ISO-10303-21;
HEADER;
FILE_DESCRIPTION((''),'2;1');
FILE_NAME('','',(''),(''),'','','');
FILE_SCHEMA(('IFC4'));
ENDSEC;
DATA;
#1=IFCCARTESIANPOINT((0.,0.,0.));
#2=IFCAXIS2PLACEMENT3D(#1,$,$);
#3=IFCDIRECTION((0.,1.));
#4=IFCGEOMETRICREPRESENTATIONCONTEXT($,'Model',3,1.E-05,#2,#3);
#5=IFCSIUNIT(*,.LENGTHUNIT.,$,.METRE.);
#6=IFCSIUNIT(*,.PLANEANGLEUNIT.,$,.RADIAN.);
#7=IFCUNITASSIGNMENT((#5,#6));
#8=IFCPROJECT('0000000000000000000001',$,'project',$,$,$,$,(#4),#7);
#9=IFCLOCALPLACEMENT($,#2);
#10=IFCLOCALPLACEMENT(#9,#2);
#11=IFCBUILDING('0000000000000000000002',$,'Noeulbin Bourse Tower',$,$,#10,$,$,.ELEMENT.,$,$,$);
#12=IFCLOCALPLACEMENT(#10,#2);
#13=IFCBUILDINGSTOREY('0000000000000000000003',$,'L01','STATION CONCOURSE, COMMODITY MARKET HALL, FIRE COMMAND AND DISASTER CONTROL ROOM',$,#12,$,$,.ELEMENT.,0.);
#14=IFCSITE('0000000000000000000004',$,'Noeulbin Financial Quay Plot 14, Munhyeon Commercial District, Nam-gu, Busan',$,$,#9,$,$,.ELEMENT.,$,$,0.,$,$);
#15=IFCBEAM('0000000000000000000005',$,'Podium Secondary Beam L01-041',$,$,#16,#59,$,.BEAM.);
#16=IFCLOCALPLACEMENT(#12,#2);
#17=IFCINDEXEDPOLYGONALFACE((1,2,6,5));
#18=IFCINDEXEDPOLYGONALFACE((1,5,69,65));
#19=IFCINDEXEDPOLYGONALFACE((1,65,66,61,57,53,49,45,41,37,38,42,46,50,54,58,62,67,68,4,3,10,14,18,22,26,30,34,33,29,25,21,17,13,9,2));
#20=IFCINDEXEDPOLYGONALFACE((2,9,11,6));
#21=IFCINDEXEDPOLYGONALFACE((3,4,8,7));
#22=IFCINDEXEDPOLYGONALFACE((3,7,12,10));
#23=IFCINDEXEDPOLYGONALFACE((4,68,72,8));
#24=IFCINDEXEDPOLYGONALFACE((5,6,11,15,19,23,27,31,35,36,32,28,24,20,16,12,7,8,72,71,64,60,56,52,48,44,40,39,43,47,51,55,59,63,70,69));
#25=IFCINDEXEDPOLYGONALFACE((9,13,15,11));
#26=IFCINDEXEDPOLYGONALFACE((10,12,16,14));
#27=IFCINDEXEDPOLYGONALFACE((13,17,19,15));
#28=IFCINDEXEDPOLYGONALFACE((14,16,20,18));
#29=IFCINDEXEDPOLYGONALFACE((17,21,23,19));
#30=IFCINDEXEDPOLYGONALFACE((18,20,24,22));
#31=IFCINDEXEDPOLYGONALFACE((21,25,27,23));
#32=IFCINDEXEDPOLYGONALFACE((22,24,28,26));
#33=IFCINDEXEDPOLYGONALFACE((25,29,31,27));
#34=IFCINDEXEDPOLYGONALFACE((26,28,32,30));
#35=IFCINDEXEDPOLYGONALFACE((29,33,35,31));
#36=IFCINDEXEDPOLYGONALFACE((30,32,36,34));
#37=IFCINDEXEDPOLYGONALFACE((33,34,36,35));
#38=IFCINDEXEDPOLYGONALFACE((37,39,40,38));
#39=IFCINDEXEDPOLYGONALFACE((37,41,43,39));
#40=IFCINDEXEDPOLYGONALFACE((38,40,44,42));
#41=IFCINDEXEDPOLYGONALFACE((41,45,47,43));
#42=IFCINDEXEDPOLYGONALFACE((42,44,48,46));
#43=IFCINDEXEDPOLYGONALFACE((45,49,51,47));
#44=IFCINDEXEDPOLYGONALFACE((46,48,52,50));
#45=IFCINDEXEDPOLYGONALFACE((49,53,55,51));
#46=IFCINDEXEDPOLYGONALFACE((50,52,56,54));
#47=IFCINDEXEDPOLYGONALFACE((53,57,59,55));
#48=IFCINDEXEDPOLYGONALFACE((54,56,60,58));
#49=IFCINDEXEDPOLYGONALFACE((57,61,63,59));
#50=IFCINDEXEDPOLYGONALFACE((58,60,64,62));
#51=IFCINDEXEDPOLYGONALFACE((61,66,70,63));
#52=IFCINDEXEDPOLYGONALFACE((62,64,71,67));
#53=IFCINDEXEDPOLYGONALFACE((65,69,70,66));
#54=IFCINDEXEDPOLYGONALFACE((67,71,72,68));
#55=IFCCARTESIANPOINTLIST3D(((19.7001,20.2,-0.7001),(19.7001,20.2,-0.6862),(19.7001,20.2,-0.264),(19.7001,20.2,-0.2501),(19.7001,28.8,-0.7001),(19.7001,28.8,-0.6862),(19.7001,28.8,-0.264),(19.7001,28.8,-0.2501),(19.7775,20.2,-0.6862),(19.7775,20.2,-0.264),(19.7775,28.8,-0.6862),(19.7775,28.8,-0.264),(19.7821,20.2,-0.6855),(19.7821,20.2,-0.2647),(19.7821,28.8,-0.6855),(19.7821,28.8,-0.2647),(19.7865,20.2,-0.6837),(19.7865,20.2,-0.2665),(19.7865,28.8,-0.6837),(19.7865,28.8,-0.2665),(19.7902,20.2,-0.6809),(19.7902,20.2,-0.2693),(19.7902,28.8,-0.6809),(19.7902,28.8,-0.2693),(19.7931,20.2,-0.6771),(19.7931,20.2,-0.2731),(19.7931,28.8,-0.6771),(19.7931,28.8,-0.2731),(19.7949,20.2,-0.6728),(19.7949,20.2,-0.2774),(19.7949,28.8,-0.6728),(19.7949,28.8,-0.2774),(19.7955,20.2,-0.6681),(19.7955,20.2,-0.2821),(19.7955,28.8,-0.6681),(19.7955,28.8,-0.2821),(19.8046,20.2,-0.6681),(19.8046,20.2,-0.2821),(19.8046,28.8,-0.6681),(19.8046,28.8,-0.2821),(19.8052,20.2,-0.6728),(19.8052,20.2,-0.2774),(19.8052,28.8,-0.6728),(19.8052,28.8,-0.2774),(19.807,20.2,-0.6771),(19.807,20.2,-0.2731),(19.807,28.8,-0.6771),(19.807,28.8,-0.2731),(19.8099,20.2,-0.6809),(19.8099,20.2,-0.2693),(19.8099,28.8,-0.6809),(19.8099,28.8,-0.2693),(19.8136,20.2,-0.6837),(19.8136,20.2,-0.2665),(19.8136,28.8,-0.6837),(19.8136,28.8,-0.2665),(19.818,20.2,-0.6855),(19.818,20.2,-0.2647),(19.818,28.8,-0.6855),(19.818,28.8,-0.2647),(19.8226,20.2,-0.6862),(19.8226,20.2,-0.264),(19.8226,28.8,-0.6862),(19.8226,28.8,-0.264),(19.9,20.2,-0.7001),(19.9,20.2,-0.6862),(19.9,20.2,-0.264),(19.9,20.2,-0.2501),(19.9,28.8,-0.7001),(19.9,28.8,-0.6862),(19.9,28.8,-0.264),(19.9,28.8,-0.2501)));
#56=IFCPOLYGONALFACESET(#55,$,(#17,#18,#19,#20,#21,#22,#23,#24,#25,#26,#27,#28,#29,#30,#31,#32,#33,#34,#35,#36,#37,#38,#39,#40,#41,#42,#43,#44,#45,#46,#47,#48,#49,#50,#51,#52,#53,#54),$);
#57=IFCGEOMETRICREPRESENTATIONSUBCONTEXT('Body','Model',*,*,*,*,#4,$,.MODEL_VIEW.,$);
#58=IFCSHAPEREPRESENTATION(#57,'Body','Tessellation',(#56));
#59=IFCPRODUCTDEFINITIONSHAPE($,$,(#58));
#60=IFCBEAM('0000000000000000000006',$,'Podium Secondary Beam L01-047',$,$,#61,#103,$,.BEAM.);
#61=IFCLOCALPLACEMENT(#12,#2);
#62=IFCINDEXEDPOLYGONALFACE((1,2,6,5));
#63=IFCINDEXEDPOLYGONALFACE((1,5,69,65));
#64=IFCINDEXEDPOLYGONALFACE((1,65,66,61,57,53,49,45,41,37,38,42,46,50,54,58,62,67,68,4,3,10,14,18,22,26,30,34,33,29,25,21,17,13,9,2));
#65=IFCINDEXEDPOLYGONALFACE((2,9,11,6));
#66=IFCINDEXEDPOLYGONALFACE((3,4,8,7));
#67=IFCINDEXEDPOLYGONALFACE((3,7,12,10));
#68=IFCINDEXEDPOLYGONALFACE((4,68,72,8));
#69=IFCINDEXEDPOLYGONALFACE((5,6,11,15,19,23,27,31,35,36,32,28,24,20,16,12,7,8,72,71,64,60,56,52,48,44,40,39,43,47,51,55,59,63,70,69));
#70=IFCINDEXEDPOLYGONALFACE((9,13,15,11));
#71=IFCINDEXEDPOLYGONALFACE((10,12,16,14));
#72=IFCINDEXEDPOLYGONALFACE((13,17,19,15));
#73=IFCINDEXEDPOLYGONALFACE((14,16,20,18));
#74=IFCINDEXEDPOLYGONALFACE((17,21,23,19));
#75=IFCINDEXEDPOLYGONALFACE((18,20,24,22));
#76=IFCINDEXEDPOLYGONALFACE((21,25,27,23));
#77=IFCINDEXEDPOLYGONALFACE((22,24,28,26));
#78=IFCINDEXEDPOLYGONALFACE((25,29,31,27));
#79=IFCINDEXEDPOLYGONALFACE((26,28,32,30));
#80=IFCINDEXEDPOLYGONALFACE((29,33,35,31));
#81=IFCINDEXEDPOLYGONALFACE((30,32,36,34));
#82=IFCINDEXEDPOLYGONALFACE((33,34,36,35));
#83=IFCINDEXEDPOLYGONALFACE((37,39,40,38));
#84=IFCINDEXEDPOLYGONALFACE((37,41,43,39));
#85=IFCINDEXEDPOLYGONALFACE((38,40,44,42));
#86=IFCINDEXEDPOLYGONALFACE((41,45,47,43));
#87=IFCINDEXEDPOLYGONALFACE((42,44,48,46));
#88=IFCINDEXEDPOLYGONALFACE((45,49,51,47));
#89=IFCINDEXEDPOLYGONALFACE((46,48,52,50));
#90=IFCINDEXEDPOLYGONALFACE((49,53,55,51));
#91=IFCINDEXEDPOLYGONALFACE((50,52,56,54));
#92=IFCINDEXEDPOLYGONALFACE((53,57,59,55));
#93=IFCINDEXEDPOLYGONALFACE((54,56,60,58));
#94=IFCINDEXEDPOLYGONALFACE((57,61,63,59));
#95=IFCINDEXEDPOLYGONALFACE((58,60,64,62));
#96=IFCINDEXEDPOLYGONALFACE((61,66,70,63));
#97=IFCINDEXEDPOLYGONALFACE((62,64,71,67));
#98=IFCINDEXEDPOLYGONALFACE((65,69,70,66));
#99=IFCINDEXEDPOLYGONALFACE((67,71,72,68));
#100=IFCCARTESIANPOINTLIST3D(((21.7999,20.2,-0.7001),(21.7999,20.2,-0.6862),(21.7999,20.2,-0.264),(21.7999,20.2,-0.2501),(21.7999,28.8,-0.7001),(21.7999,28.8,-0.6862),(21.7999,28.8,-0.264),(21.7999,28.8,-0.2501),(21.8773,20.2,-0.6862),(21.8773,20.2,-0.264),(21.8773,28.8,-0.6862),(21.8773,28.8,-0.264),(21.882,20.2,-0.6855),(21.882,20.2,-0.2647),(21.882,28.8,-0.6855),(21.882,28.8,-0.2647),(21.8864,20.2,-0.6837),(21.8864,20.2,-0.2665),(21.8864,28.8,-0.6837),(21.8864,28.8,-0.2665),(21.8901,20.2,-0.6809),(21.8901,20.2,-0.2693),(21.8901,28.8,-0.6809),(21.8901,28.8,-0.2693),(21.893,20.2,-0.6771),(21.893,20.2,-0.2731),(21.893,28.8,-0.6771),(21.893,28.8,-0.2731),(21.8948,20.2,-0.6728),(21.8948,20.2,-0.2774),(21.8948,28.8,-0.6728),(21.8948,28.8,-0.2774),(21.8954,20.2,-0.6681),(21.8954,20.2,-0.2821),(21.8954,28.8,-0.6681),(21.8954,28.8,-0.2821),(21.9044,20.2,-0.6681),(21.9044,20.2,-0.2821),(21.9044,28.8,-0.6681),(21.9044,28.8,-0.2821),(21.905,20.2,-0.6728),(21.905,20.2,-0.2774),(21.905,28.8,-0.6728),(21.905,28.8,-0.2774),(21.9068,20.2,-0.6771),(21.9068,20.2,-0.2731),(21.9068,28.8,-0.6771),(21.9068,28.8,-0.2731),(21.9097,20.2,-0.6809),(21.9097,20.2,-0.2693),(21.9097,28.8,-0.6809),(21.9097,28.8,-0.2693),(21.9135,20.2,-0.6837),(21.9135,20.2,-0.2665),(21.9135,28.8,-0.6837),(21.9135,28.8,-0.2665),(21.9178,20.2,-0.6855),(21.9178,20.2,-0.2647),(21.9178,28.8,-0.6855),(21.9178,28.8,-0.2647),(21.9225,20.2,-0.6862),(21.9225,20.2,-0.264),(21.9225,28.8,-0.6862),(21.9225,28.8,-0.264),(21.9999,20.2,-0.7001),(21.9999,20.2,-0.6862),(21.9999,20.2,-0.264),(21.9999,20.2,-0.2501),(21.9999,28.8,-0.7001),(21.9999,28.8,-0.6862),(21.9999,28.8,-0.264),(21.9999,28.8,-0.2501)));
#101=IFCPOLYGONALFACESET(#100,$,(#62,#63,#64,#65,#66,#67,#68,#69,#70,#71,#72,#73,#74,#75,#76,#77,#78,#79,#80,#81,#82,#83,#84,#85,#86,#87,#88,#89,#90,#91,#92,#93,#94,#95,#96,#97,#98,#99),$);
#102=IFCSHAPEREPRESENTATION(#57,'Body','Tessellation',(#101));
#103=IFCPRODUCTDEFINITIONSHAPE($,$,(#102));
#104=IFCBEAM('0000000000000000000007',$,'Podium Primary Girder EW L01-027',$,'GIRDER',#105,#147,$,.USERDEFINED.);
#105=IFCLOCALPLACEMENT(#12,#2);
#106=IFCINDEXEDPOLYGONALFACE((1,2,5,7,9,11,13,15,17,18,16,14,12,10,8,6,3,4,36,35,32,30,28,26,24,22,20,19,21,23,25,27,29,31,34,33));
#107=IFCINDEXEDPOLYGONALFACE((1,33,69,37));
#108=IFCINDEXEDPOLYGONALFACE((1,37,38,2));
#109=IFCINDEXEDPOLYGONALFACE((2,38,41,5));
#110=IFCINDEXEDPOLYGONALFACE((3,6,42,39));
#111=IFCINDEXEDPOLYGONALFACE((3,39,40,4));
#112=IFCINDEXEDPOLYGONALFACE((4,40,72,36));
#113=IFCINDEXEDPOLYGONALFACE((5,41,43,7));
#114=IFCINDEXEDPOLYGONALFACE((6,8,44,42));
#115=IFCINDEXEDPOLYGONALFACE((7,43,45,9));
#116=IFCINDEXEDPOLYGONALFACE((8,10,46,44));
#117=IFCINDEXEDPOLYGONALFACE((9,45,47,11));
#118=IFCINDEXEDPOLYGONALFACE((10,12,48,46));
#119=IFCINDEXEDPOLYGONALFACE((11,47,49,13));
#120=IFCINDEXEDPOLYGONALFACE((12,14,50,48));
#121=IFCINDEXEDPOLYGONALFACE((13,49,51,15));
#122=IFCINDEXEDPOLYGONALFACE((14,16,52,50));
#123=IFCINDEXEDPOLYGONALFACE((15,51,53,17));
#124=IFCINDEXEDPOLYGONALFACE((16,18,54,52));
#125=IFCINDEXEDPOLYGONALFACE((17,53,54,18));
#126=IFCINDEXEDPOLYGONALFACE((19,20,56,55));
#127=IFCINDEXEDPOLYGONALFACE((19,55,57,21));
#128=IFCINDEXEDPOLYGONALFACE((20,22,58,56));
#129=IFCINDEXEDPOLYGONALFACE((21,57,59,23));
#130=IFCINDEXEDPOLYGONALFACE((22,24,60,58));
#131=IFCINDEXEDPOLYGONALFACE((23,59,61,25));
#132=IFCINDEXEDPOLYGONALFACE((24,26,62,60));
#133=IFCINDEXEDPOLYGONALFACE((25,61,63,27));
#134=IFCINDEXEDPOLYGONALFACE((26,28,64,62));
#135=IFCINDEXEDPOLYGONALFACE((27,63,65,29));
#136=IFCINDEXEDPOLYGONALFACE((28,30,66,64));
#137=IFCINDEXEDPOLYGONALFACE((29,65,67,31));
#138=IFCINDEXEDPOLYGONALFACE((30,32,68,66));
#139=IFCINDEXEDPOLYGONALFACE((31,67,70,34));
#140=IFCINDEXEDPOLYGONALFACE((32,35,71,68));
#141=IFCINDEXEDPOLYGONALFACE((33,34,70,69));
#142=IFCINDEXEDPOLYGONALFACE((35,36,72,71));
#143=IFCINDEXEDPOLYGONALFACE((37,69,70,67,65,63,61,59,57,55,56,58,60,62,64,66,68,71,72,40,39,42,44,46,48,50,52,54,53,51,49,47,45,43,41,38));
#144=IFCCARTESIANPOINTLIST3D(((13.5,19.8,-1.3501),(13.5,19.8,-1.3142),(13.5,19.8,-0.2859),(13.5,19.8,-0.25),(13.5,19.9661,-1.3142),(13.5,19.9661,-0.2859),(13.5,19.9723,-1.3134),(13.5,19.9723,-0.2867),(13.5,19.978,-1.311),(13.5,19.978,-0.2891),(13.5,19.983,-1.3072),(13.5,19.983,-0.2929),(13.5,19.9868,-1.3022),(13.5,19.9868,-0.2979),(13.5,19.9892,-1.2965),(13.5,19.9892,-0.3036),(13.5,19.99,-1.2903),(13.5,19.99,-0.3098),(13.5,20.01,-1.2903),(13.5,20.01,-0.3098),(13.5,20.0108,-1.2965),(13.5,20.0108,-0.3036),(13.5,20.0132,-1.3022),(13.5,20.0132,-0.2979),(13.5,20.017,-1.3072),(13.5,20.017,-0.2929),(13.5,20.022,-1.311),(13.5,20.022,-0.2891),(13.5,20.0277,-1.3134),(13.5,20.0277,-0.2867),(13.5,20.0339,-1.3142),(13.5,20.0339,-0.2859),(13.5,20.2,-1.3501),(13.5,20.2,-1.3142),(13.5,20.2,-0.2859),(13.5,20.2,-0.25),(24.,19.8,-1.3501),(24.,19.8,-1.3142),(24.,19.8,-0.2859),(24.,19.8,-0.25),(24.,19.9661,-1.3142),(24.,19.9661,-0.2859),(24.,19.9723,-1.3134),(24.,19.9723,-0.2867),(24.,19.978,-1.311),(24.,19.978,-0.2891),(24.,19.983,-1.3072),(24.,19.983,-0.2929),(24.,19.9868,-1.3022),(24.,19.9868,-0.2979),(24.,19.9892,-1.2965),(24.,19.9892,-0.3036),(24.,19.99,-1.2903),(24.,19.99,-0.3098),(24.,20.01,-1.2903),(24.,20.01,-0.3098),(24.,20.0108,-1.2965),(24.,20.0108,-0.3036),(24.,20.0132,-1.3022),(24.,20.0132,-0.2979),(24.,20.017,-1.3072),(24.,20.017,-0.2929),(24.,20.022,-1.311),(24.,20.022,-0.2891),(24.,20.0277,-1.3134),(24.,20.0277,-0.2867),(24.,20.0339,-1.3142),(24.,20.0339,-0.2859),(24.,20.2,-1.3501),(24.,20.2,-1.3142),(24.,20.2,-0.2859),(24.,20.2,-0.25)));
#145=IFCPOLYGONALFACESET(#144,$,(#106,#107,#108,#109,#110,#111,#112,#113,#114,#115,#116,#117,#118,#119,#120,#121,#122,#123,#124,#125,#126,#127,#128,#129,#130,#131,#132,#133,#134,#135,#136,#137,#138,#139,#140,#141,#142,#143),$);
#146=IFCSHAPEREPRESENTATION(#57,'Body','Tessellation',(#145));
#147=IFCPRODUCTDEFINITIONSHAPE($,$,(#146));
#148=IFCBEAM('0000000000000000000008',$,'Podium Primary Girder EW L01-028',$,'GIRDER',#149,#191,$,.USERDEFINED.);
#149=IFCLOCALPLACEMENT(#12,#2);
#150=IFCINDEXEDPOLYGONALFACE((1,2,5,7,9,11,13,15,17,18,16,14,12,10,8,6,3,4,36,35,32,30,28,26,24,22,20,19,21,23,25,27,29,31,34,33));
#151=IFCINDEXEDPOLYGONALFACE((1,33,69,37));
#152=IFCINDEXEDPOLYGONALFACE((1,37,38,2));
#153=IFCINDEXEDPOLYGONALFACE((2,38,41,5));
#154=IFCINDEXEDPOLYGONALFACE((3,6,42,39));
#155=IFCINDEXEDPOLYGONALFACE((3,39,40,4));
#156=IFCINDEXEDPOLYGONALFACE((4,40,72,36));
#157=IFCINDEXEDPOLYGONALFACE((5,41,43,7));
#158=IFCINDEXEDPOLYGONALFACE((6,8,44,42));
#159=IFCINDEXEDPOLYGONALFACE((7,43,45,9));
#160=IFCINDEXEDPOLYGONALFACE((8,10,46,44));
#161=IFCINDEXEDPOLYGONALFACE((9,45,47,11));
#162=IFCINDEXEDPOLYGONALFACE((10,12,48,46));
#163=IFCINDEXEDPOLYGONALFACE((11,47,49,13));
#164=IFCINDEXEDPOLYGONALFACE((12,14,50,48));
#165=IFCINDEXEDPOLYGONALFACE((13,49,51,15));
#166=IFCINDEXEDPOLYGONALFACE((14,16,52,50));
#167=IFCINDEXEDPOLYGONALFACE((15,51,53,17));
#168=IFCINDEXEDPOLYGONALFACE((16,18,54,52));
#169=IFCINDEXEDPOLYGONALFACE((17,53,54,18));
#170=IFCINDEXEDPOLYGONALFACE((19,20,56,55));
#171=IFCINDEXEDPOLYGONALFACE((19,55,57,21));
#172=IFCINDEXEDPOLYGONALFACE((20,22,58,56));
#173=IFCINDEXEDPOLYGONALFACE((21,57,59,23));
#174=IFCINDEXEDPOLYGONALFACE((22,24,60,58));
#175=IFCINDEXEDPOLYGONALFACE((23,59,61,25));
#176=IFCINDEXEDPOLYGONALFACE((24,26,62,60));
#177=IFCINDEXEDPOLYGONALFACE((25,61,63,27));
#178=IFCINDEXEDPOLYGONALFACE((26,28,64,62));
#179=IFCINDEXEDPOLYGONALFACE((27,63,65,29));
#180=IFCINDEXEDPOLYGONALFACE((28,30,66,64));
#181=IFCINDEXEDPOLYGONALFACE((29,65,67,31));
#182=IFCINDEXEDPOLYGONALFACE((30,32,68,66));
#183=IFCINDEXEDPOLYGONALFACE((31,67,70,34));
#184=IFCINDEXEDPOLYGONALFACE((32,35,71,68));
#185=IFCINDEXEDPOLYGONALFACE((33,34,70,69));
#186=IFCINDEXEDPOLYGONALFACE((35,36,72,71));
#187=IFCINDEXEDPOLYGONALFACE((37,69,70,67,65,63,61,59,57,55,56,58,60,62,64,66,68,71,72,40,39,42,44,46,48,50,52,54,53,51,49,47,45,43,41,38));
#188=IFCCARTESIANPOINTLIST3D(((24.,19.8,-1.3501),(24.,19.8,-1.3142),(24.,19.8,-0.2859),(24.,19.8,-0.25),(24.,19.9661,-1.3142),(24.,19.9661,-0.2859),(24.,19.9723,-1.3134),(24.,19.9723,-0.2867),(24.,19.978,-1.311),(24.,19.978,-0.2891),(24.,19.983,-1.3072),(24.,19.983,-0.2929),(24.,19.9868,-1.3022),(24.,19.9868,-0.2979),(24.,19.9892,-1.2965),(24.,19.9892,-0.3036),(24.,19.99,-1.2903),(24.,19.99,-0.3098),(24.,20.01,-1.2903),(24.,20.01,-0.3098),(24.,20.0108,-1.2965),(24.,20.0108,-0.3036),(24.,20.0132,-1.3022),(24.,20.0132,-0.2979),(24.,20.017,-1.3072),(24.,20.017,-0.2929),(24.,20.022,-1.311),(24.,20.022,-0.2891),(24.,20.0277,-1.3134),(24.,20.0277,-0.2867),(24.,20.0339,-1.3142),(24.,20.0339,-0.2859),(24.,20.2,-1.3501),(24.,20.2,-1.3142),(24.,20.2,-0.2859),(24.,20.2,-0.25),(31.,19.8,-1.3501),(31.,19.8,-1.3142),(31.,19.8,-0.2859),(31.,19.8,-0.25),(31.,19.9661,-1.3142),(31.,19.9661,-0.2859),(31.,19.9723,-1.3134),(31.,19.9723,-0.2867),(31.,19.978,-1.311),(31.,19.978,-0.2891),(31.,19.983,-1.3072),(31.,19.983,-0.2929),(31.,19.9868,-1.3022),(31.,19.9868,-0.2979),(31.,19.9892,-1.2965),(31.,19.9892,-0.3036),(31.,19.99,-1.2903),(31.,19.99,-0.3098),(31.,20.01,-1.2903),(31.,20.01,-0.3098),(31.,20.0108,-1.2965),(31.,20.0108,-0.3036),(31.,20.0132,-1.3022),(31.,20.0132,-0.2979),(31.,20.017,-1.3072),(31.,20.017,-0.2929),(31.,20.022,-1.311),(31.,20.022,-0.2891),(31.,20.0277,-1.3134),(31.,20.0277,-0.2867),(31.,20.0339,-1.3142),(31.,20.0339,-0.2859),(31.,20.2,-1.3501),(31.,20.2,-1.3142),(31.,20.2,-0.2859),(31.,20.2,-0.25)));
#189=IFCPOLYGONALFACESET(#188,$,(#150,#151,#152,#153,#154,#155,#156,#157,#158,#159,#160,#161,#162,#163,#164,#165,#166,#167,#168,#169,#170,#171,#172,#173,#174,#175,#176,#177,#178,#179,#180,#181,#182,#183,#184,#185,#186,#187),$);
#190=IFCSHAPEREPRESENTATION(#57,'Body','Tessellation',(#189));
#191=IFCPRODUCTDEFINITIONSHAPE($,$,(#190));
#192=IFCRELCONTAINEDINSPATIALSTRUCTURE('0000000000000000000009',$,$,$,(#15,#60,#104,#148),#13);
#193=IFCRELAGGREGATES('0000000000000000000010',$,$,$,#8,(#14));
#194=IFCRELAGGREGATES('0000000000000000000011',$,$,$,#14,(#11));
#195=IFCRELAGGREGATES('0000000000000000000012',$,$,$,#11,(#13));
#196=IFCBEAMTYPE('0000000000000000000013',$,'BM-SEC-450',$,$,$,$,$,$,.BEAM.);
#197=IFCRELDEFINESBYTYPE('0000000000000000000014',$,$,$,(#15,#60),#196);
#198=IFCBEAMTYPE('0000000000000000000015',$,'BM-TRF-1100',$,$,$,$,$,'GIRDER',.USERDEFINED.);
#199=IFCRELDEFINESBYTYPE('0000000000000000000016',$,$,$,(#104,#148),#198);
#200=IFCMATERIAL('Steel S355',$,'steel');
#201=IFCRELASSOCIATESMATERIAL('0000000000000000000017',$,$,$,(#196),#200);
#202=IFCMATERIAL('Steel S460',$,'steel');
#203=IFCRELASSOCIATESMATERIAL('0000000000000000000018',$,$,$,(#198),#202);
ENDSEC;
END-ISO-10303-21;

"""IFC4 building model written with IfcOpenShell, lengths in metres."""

from ifc_helpers import new_model, si_unit, direction, frame, origin, origin_2d, place, context, subcontext, project, spatial, i_section, extrude, material, material_profile, profile_set, type_object, element, save


model = new_model("IFC4")

# Units and contexts
model_context = context("Model", 3, precision=1e-05, world=origin(), true_north=direction((0.0, 1.0)))
body_context = subcontext(model_context, "Body", "Model", "MODEL_VIEW")
ifc_project = project(units=[si_unit("LENGTHUNIT", "METRE"), si_unit("PLANEANGLEUNIT", "RADIAN")], contexts=[model_context])

# Site, building, storey
site_placement = place(None, origin())
site = spatial("IfcSite", under=ifc_project, at=site_placement, Name="Noeulbin Financial Quay Plot 14, Munhyeon Commercial District, Nam-gu, Busan", CompositionType="ELEMENT", RefElevation=0.0)
building_placement = place(site_placement, origin())
building = spatial("IfcBuilding", under=site, at=building_placement, Name="Noeulbin Bourse Tower", CompositionType="ELEMENT")
storey_placement = place(building_placement, origin())
storey = spatial("IfcBuildingStorey", under=building, at=storey_placement, Name="L01", Description="STATION CONCOURSE, COMMODITY MARKET HALL, FIRE COMMAND AND DISASTER CONTROL ROOM", CompositionType="ELEMENT", Elevation=0.0)

# Shared definitions
ifc_material_1 = material(Name="Steel S460", Category="steel")

# Beams
ifc_material_2 = material(Name="Steel S355", Category="steel")
ifc_material_profile_1 = material_profile(ifc_material_2, i_section(OverallWidth=0.2, OverallDepth=0.45, WebThickness=0.009, FlangeThickness=0.0139, FilletRadius=0.0181, at=origin_2d()), Name="H-450x200x9x14", Category="LoadBearing")
ifc_profile_set_1 = profile_set([ifc_material_profile_1], Name="Steel S355")
beam_type_1 = type_object("IfcBeamType", Name="BM-SEC-450", PredefinedType="BEAM", material=ifc_profile_set_1)
for number, where, z_axis, x_axis, name in (
    (1, (19.8, 20.2, -0.4751), (0.0, 1.0, 0.0), (-1.0, 0.0, 0.0), "Podium Secondary Beam L01-041"),
    (2, (21.8999, 20.2, -0.4751), (0.0, 1.0, 0.0), (-1.0, 0.0, 0.0), "Podium Secondary Beam L01-047"),
):
    element("IfcBeam", number, at=place(storey_placement, frame(where, z_axis=z_axis, x_axis=x_axis)), inside=storey, type_object=beam_type_1, Name=name, PredefinedType="BEAM", context=body_context, shape_type="SweptSolid", body=[
        extrude(i_section(OverallWidth=0.2, OverallDepth=0.45, WebThickness=0.009, FlangeThickness=0.0139, FilletRadius=0.0181, at=origin_2d()), origin(), (0.0, 0.0, 1.0), 8.6001),
    ])
ifc_material_profile_2 = material_profile(ifc_material_1, i_section(OverallWidth=0.3999, OverallDepth=1.1001, WebThickness=0.02, FlangeThickness=0.0359, FilletRadius=0.0239, at=origin_2d()), Name="PG-1100x400x20x36", Category="LoadBearing")
ifc_profile_set_2 = profile_set([ifc_material_profile_2], Name="Steel S460")
beam_type_2 = type_object("IfcBeamType", Name="BM-TRF-1100", ElementType="GIRDER", PredefinedType="USERDEFINED", material=ifc_profile_set_2)
beam_1_placement = place(storey_placement, frame((13.5, 20.0, -0.8), z_axis=(1.0, 0.0, 0.0), x_axis=(0.0, 1.0, 0.0)))
element("IfcBeam", 3, at=beam_1_placement, inside=storey, type_object=beam_type_2, Name="Podium Primary Girder EW L01-027", ObjectType="GIRDER", PredefinedType="USERDEFINED", context=body_context, shape_type="SweptSolid", body=[
    extrude(i_section(OverallWidth=0.3999, OverallDepth=1.1001, WebThickness=0.02, FlangeThickness=0.0359, FilletRadius=0.0239, at=origin_2d()), origin(), (0.0, 0.0, 1.0), 10.5),
])
beam_2_placement = place(storey_placement, frame((24.0, 20.0, -0.8), z_axis=(1.0, 0.0, 0.0), x_axis=(0.0, 1.0, 0.0)))
element("IfcBeam", 4, at=beam_2_placement, inside=storey, type_object=beam_type_2, Name="Podium Primary Girder EW L01-028", ObjectType="GIRDER", PredefinedType="USERDEFINED", context=body_context, shape_type="SweptSolid", body=[
    extrude(i_section(OverallWidth=0.3999, OverallDepth=1.1001, WebThickness=0.02, FlangeThickness=0.0359, FilletRadius=0.0239, at=origin_2d()), origin(), (0.0, 0.0, 1.0), 7.0),
])

save(model, "model.ifc")
